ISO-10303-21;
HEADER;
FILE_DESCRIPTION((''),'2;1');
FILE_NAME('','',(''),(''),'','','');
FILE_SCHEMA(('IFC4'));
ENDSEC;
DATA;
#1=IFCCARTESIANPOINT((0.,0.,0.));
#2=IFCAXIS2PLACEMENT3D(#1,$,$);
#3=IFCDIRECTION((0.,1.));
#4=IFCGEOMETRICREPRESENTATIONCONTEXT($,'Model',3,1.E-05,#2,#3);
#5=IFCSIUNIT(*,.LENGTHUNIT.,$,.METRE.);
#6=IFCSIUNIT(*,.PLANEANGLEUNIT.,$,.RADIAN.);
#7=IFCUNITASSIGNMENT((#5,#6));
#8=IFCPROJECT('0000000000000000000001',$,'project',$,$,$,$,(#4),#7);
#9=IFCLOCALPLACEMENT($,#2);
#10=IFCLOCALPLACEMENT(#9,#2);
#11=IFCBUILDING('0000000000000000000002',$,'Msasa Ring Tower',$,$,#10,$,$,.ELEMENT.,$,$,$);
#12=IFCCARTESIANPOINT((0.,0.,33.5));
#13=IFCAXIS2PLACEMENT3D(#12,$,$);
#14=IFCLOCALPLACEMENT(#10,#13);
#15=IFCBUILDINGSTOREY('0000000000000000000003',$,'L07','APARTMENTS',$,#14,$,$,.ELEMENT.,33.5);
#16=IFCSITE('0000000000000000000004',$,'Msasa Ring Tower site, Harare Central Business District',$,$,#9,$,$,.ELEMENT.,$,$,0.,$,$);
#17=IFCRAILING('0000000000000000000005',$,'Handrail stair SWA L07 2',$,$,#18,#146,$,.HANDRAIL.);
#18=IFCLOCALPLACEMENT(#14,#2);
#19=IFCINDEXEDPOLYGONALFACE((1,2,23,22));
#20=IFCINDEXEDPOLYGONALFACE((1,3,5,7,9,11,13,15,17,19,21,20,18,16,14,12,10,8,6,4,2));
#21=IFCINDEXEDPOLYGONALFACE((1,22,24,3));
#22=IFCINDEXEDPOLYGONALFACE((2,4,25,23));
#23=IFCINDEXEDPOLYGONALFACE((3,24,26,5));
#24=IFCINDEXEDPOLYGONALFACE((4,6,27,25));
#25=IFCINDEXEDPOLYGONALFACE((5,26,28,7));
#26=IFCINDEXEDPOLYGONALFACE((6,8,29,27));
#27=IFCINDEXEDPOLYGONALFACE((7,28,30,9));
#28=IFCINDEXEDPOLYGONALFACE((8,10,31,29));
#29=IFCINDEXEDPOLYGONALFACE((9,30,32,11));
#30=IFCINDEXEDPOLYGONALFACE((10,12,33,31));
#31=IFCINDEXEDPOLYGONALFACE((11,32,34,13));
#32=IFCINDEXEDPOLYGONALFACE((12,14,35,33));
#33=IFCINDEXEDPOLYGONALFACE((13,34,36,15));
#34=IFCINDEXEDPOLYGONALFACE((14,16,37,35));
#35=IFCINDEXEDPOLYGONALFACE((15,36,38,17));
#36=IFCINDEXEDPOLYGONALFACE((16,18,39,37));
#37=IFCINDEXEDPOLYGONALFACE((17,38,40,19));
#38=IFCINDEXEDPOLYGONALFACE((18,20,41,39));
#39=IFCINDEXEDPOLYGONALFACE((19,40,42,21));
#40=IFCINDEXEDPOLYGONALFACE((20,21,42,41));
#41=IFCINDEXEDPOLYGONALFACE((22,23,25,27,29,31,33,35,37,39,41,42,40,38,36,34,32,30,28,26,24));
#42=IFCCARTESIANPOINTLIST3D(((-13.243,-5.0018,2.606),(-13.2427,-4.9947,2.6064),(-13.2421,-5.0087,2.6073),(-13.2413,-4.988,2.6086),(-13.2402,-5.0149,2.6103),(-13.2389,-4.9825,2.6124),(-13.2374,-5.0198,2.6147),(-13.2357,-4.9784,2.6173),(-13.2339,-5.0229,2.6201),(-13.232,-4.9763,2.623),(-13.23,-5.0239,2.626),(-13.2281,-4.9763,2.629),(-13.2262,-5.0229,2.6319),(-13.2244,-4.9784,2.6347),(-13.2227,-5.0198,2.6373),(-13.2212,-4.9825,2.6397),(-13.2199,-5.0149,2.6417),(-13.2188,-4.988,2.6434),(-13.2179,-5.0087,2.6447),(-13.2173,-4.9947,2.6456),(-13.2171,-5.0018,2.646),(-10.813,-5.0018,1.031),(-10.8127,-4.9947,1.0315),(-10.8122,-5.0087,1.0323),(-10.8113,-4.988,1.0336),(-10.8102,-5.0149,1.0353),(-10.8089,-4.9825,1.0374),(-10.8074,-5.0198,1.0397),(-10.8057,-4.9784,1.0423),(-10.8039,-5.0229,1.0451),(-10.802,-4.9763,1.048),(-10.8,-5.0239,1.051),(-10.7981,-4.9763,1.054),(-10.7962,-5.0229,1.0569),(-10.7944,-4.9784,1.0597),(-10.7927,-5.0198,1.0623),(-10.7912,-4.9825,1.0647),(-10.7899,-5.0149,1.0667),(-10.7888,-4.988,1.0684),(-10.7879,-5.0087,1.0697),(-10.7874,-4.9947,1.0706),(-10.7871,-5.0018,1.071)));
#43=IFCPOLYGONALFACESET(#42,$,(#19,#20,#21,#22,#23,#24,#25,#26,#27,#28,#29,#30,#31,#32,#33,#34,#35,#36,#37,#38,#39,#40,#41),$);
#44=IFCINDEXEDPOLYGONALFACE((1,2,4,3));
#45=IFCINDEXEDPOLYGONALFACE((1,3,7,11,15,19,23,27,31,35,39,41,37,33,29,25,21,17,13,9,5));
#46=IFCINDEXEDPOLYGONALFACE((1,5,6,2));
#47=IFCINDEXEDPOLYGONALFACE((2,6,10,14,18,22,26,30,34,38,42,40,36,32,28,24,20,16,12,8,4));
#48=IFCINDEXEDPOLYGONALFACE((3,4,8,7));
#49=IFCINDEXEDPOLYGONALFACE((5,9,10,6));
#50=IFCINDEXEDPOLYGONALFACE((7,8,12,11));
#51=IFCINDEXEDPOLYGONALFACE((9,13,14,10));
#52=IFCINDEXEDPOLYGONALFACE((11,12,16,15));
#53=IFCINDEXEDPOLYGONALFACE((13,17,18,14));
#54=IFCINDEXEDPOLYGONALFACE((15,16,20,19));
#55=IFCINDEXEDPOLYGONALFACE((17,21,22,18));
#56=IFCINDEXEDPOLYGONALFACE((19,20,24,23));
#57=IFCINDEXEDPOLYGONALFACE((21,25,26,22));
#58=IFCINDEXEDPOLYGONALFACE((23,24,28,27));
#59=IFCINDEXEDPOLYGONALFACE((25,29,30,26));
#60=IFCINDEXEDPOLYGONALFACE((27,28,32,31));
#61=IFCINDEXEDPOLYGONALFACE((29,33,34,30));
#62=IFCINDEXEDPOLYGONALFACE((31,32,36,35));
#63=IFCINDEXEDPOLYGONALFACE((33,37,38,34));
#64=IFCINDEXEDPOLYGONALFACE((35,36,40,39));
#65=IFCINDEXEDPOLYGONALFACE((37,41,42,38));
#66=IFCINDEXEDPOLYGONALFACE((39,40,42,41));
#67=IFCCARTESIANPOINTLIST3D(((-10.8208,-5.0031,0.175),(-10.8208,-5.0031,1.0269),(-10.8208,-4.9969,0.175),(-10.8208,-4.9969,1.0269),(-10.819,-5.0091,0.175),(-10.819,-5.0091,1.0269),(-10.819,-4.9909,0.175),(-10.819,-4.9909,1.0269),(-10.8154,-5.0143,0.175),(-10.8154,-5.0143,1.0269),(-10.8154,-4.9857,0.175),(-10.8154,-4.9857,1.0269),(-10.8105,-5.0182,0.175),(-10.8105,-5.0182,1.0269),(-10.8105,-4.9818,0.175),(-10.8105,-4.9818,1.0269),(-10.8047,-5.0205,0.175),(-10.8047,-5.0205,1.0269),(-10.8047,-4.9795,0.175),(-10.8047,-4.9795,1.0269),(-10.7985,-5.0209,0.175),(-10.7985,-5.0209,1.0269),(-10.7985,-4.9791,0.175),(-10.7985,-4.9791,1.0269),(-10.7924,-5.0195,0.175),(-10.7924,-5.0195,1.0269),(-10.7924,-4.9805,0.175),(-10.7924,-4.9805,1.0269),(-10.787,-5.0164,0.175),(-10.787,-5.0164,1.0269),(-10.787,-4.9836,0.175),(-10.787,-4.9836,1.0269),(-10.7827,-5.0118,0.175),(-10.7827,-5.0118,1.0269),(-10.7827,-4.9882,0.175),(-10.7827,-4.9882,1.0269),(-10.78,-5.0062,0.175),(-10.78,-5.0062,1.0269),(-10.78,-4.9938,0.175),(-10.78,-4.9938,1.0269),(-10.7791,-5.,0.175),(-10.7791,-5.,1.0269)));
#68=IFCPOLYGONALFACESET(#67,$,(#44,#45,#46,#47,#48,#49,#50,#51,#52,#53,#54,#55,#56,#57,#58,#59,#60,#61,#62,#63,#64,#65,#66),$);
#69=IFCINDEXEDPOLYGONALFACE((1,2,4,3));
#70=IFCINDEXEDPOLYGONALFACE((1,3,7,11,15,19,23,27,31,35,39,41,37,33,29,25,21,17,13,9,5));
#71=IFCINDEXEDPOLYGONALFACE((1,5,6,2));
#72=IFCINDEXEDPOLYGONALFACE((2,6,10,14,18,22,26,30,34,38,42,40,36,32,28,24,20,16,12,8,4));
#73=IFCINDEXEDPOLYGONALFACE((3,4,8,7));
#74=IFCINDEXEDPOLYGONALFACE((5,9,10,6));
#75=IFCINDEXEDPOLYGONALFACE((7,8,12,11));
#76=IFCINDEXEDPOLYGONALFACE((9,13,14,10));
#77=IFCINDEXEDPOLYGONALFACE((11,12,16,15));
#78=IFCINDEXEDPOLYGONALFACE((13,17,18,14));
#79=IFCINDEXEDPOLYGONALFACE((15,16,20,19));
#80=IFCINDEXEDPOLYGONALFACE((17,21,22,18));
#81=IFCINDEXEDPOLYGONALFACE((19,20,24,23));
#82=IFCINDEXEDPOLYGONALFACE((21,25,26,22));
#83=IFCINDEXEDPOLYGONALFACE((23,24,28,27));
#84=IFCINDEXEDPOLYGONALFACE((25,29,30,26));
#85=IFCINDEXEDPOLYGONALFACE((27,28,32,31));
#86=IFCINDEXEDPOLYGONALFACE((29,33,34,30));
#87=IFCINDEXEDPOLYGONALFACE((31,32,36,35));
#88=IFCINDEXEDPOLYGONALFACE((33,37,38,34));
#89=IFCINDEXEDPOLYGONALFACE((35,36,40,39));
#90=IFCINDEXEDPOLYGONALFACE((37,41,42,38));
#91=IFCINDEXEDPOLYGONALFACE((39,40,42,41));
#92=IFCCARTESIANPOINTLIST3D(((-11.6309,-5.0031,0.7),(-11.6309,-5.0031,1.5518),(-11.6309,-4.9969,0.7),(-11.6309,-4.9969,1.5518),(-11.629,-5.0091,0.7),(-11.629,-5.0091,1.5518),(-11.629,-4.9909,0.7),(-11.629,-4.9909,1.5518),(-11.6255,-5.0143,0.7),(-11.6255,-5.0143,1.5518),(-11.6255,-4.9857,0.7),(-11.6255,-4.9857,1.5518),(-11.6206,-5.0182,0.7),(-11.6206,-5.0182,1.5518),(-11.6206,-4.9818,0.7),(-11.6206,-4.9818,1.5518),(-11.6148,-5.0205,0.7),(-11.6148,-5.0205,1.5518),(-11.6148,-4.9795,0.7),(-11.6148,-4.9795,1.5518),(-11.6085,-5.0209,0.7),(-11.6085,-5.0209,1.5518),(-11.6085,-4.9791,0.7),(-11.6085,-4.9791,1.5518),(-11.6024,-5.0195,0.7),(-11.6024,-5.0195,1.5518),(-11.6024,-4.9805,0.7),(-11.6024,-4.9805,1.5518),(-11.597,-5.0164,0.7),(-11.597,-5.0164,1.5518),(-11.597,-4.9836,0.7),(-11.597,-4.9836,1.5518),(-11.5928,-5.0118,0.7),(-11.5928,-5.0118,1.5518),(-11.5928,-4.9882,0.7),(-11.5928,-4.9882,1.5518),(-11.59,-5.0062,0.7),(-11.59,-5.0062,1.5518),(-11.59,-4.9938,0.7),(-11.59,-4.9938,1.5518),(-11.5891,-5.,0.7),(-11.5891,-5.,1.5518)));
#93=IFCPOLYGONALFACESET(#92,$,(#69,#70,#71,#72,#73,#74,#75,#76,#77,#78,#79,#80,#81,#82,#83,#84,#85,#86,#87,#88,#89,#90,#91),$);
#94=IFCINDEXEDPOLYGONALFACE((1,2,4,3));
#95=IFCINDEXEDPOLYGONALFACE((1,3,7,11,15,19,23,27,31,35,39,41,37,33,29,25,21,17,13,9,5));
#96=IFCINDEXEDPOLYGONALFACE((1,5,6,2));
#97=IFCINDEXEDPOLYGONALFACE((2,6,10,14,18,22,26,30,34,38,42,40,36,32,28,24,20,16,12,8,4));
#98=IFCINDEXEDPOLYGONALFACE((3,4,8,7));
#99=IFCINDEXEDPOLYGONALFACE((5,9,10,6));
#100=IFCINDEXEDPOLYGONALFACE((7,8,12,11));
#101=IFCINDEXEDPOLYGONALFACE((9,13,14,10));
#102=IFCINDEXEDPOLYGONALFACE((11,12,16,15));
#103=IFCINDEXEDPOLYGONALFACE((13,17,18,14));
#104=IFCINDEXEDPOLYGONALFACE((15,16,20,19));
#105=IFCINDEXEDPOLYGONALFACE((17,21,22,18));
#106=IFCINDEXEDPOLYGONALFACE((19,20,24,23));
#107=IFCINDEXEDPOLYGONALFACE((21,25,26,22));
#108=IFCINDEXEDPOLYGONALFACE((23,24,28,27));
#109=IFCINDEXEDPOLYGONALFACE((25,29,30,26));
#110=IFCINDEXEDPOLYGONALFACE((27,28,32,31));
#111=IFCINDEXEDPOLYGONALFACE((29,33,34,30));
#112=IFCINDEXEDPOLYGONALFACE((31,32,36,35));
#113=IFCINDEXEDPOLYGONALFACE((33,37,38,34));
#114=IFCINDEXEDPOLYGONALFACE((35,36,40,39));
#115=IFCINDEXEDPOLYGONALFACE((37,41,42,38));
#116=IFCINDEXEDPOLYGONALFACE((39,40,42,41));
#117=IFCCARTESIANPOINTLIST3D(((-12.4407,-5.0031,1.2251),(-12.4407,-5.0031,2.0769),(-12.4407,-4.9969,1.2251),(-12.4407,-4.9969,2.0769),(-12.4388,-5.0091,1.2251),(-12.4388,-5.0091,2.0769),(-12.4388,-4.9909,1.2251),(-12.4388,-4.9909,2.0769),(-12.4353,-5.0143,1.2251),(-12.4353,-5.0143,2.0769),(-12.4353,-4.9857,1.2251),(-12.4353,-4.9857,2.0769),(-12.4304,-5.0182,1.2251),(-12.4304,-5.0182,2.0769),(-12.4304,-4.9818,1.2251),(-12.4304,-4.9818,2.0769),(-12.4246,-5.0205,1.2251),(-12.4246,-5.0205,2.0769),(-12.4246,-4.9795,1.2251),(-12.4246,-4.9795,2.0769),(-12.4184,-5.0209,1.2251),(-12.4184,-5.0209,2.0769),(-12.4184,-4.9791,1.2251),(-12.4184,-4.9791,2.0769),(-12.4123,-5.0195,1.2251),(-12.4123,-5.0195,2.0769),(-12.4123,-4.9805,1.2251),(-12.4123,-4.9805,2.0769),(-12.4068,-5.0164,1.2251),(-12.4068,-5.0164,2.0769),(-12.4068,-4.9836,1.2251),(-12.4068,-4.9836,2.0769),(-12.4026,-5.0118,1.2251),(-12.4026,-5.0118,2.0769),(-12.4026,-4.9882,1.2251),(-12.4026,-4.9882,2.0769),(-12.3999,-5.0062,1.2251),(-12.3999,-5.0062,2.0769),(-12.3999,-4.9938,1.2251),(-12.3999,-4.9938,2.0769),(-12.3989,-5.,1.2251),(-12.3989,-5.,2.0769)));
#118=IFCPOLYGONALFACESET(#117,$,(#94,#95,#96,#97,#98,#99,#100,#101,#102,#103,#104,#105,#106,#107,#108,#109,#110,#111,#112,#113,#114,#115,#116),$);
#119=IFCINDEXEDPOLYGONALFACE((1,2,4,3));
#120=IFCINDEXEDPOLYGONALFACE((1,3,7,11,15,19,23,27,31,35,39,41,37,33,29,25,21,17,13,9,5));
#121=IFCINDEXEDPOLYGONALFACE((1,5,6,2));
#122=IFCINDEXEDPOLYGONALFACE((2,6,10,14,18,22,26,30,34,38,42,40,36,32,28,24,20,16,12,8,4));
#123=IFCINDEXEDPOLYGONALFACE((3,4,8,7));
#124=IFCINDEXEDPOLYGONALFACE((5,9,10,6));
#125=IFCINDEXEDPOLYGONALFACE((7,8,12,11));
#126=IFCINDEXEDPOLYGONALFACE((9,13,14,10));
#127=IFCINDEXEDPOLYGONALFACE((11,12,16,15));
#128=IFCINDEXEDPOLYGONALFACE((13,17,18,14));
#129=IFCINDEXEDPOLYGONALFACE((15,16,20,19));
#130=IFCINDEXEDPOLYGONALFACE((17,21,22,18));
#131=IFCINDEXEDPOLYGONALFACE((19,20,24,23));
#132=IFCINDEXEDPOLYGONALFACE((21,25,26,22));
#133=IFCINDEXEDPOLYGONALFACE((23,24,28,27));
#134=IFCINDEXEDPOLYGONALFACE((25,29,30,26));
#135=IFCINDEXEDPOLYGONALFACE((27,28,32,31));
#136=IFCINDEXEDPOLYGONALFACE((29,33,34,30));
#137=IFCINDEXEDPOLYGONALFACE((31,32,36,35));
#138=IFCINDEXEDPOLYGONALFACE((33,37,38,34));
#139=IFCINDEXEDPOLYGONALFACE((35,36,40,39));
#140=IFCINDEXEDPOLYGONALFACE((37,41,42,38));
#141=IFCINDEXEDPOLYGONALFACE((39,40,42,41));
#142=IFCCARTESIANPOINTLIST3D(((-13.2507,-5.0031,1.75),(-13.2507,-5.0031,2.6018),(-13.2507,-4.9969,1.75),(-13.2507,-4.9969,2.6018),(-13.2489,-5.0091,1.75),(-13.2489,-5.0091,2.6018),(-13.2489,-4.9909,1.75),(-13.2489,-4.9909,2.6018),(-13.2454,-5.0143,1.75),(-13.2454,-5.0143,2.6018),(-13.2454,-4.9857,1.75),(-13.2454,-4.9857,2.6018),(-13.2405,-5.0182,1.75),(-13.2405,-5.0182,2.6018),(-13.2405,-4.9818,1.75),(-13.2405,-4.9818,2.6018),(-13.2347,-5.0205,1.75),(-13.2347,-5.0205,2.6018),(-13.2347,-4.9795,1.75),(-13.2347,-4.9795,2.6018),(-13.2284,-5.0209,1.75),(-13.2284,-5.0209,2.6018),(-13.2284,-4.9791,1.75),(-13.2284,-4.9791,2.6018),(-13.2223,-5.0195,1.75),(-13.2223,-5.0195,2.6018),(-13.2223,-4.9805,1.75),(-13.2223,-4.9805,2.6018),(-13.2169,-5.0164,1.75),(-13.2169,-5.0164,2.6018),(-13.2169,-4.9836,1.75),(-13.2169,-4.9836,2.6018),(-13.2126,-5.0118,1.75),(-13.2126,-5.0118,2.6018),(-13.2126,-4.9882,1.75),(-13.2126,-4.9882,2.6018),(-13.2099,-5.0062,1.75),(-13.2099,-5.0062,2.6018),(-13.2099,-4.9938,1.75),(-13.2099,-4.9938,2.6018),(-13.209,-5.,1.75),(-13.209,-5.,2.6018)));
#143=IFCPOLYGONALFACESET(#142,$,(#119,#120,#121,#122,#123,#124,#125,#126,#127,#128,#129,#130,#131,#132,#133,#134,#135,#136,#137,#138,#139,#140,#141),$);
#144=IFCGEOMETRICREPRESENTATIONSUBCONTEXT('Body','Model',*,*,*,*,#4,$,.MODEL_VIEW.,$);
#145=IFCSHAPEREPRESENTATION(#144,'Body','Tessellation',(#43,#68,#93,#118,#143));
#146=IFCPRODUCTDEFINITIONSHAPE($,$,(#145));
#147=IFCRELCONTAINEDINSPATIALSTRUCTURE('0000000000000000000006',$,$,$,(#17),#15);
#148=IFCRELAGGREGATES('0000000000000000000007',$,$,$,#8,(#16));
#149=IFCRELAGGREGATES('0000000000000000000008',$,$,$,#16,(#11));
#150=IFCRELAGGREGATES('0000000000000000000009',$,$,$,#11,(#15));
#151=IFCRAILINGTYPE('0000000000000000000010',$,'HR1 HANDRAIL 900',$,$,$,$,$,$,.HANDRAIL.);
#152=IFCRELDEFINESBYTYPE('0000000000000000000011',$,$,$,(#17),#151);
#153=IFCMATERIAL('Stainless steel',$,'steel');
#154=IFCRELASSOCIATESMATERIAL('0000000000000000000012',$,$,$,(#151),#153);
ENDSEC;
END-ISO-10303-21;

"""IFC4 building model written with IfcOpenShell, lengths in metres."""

from ifc_helpers import new_model, si_unit, direction, frame, origin, origin_2d, place, context, subcontext, project, spatial, circle, extrude, material, type_object, element, save


model = new_model("IFC4")

# Units and contexts
model_context = context("Model", 3, precision=1e-05, world=origin(), true_north=direction((0.0, 1.0)))
body_context = subcontext(model_context, "Body", "Model", "MODEL_VIEW")
ifc_project = project(units=[si_unit("LENGTHUNIT", "METRE"), si_unit("PLANEANGLEUNIT", "RADIAN")], contexts=[model_context])

# Site, building, storey
site_placement = place(None, origin())
site = spatial("IfcSite", under=ifc_project, at=site_placement, Name="Msasa Ring Tower site, Harare Central Business District", CompositionType="ELEMENT", RefElevation=0.0)
building_placement = place(site_placement, origin())
building = spatial("IfcBuilding", under=site, at=building_placement, Name="Msasa Ring Tower", CompositionType="ELEMENT")
storey_placement = place(building_placement, frame((0.0, 0.0, 33.5)))
storey = spatial("IfcBuildingStorey", under=building, at=storey_placement, Name="L07", Description="APARTMENTS", CompositionType="ELEMENT", Elevation=33.5)

# Railing
ifc_material_1 = material(Name="Stainless steel", Category="steel")
railing_type = type_object("IfcRailingType", Name="HR1 HANDRAIL 900", PredefinedType="HANDRAIL", material=ifc_material_1)
for number, where, name in (
    (1, (-10.8, -5.0, 0.175), "Handrail stair SWA L07 2"),
):
    element("IfcRailing", number, at=place(storey_placement, frame(where)), inside=storey, type_object=railing_type, Name=name, PredefinedType="HANDRAIL", context=body_context, shape_type="SweptSolid", body=[
        extrude(circle(Radius=0.0239, at=origin_2d()), frame((0.0, 0.0, 0.876), z_axis=(-0.839154, 0.0, 0.543894), x_axis=(0.0, -1.0, 0.0)), (0.0, 0.0, 1.0), 2.8958),
        extrude(circle(Radius=0.021, at=origin_2d()), origin(), (0.0, 0.0, 1.0), 0.8518),
        extrude(circle(Radius=0.021, at=origin_2d()), frame((-0.8101, 0.0, 0.5249)), (0.0, 0.0, 1.0), 0.8518),
        extrude(circle(Radius=0.021, at=origin_2d()), frame((-1.6199, 0.0, 1.05)), (0.0, 0.0, 1.0), 0.8518),
        extrude(circle(Radius=0.021, at=origin_2d()), frame((-2.4299, 0.0, 1.575)), (0.0, 0.0, 1.0), 0.8518),
    ])

save(model, "model.ifc")
